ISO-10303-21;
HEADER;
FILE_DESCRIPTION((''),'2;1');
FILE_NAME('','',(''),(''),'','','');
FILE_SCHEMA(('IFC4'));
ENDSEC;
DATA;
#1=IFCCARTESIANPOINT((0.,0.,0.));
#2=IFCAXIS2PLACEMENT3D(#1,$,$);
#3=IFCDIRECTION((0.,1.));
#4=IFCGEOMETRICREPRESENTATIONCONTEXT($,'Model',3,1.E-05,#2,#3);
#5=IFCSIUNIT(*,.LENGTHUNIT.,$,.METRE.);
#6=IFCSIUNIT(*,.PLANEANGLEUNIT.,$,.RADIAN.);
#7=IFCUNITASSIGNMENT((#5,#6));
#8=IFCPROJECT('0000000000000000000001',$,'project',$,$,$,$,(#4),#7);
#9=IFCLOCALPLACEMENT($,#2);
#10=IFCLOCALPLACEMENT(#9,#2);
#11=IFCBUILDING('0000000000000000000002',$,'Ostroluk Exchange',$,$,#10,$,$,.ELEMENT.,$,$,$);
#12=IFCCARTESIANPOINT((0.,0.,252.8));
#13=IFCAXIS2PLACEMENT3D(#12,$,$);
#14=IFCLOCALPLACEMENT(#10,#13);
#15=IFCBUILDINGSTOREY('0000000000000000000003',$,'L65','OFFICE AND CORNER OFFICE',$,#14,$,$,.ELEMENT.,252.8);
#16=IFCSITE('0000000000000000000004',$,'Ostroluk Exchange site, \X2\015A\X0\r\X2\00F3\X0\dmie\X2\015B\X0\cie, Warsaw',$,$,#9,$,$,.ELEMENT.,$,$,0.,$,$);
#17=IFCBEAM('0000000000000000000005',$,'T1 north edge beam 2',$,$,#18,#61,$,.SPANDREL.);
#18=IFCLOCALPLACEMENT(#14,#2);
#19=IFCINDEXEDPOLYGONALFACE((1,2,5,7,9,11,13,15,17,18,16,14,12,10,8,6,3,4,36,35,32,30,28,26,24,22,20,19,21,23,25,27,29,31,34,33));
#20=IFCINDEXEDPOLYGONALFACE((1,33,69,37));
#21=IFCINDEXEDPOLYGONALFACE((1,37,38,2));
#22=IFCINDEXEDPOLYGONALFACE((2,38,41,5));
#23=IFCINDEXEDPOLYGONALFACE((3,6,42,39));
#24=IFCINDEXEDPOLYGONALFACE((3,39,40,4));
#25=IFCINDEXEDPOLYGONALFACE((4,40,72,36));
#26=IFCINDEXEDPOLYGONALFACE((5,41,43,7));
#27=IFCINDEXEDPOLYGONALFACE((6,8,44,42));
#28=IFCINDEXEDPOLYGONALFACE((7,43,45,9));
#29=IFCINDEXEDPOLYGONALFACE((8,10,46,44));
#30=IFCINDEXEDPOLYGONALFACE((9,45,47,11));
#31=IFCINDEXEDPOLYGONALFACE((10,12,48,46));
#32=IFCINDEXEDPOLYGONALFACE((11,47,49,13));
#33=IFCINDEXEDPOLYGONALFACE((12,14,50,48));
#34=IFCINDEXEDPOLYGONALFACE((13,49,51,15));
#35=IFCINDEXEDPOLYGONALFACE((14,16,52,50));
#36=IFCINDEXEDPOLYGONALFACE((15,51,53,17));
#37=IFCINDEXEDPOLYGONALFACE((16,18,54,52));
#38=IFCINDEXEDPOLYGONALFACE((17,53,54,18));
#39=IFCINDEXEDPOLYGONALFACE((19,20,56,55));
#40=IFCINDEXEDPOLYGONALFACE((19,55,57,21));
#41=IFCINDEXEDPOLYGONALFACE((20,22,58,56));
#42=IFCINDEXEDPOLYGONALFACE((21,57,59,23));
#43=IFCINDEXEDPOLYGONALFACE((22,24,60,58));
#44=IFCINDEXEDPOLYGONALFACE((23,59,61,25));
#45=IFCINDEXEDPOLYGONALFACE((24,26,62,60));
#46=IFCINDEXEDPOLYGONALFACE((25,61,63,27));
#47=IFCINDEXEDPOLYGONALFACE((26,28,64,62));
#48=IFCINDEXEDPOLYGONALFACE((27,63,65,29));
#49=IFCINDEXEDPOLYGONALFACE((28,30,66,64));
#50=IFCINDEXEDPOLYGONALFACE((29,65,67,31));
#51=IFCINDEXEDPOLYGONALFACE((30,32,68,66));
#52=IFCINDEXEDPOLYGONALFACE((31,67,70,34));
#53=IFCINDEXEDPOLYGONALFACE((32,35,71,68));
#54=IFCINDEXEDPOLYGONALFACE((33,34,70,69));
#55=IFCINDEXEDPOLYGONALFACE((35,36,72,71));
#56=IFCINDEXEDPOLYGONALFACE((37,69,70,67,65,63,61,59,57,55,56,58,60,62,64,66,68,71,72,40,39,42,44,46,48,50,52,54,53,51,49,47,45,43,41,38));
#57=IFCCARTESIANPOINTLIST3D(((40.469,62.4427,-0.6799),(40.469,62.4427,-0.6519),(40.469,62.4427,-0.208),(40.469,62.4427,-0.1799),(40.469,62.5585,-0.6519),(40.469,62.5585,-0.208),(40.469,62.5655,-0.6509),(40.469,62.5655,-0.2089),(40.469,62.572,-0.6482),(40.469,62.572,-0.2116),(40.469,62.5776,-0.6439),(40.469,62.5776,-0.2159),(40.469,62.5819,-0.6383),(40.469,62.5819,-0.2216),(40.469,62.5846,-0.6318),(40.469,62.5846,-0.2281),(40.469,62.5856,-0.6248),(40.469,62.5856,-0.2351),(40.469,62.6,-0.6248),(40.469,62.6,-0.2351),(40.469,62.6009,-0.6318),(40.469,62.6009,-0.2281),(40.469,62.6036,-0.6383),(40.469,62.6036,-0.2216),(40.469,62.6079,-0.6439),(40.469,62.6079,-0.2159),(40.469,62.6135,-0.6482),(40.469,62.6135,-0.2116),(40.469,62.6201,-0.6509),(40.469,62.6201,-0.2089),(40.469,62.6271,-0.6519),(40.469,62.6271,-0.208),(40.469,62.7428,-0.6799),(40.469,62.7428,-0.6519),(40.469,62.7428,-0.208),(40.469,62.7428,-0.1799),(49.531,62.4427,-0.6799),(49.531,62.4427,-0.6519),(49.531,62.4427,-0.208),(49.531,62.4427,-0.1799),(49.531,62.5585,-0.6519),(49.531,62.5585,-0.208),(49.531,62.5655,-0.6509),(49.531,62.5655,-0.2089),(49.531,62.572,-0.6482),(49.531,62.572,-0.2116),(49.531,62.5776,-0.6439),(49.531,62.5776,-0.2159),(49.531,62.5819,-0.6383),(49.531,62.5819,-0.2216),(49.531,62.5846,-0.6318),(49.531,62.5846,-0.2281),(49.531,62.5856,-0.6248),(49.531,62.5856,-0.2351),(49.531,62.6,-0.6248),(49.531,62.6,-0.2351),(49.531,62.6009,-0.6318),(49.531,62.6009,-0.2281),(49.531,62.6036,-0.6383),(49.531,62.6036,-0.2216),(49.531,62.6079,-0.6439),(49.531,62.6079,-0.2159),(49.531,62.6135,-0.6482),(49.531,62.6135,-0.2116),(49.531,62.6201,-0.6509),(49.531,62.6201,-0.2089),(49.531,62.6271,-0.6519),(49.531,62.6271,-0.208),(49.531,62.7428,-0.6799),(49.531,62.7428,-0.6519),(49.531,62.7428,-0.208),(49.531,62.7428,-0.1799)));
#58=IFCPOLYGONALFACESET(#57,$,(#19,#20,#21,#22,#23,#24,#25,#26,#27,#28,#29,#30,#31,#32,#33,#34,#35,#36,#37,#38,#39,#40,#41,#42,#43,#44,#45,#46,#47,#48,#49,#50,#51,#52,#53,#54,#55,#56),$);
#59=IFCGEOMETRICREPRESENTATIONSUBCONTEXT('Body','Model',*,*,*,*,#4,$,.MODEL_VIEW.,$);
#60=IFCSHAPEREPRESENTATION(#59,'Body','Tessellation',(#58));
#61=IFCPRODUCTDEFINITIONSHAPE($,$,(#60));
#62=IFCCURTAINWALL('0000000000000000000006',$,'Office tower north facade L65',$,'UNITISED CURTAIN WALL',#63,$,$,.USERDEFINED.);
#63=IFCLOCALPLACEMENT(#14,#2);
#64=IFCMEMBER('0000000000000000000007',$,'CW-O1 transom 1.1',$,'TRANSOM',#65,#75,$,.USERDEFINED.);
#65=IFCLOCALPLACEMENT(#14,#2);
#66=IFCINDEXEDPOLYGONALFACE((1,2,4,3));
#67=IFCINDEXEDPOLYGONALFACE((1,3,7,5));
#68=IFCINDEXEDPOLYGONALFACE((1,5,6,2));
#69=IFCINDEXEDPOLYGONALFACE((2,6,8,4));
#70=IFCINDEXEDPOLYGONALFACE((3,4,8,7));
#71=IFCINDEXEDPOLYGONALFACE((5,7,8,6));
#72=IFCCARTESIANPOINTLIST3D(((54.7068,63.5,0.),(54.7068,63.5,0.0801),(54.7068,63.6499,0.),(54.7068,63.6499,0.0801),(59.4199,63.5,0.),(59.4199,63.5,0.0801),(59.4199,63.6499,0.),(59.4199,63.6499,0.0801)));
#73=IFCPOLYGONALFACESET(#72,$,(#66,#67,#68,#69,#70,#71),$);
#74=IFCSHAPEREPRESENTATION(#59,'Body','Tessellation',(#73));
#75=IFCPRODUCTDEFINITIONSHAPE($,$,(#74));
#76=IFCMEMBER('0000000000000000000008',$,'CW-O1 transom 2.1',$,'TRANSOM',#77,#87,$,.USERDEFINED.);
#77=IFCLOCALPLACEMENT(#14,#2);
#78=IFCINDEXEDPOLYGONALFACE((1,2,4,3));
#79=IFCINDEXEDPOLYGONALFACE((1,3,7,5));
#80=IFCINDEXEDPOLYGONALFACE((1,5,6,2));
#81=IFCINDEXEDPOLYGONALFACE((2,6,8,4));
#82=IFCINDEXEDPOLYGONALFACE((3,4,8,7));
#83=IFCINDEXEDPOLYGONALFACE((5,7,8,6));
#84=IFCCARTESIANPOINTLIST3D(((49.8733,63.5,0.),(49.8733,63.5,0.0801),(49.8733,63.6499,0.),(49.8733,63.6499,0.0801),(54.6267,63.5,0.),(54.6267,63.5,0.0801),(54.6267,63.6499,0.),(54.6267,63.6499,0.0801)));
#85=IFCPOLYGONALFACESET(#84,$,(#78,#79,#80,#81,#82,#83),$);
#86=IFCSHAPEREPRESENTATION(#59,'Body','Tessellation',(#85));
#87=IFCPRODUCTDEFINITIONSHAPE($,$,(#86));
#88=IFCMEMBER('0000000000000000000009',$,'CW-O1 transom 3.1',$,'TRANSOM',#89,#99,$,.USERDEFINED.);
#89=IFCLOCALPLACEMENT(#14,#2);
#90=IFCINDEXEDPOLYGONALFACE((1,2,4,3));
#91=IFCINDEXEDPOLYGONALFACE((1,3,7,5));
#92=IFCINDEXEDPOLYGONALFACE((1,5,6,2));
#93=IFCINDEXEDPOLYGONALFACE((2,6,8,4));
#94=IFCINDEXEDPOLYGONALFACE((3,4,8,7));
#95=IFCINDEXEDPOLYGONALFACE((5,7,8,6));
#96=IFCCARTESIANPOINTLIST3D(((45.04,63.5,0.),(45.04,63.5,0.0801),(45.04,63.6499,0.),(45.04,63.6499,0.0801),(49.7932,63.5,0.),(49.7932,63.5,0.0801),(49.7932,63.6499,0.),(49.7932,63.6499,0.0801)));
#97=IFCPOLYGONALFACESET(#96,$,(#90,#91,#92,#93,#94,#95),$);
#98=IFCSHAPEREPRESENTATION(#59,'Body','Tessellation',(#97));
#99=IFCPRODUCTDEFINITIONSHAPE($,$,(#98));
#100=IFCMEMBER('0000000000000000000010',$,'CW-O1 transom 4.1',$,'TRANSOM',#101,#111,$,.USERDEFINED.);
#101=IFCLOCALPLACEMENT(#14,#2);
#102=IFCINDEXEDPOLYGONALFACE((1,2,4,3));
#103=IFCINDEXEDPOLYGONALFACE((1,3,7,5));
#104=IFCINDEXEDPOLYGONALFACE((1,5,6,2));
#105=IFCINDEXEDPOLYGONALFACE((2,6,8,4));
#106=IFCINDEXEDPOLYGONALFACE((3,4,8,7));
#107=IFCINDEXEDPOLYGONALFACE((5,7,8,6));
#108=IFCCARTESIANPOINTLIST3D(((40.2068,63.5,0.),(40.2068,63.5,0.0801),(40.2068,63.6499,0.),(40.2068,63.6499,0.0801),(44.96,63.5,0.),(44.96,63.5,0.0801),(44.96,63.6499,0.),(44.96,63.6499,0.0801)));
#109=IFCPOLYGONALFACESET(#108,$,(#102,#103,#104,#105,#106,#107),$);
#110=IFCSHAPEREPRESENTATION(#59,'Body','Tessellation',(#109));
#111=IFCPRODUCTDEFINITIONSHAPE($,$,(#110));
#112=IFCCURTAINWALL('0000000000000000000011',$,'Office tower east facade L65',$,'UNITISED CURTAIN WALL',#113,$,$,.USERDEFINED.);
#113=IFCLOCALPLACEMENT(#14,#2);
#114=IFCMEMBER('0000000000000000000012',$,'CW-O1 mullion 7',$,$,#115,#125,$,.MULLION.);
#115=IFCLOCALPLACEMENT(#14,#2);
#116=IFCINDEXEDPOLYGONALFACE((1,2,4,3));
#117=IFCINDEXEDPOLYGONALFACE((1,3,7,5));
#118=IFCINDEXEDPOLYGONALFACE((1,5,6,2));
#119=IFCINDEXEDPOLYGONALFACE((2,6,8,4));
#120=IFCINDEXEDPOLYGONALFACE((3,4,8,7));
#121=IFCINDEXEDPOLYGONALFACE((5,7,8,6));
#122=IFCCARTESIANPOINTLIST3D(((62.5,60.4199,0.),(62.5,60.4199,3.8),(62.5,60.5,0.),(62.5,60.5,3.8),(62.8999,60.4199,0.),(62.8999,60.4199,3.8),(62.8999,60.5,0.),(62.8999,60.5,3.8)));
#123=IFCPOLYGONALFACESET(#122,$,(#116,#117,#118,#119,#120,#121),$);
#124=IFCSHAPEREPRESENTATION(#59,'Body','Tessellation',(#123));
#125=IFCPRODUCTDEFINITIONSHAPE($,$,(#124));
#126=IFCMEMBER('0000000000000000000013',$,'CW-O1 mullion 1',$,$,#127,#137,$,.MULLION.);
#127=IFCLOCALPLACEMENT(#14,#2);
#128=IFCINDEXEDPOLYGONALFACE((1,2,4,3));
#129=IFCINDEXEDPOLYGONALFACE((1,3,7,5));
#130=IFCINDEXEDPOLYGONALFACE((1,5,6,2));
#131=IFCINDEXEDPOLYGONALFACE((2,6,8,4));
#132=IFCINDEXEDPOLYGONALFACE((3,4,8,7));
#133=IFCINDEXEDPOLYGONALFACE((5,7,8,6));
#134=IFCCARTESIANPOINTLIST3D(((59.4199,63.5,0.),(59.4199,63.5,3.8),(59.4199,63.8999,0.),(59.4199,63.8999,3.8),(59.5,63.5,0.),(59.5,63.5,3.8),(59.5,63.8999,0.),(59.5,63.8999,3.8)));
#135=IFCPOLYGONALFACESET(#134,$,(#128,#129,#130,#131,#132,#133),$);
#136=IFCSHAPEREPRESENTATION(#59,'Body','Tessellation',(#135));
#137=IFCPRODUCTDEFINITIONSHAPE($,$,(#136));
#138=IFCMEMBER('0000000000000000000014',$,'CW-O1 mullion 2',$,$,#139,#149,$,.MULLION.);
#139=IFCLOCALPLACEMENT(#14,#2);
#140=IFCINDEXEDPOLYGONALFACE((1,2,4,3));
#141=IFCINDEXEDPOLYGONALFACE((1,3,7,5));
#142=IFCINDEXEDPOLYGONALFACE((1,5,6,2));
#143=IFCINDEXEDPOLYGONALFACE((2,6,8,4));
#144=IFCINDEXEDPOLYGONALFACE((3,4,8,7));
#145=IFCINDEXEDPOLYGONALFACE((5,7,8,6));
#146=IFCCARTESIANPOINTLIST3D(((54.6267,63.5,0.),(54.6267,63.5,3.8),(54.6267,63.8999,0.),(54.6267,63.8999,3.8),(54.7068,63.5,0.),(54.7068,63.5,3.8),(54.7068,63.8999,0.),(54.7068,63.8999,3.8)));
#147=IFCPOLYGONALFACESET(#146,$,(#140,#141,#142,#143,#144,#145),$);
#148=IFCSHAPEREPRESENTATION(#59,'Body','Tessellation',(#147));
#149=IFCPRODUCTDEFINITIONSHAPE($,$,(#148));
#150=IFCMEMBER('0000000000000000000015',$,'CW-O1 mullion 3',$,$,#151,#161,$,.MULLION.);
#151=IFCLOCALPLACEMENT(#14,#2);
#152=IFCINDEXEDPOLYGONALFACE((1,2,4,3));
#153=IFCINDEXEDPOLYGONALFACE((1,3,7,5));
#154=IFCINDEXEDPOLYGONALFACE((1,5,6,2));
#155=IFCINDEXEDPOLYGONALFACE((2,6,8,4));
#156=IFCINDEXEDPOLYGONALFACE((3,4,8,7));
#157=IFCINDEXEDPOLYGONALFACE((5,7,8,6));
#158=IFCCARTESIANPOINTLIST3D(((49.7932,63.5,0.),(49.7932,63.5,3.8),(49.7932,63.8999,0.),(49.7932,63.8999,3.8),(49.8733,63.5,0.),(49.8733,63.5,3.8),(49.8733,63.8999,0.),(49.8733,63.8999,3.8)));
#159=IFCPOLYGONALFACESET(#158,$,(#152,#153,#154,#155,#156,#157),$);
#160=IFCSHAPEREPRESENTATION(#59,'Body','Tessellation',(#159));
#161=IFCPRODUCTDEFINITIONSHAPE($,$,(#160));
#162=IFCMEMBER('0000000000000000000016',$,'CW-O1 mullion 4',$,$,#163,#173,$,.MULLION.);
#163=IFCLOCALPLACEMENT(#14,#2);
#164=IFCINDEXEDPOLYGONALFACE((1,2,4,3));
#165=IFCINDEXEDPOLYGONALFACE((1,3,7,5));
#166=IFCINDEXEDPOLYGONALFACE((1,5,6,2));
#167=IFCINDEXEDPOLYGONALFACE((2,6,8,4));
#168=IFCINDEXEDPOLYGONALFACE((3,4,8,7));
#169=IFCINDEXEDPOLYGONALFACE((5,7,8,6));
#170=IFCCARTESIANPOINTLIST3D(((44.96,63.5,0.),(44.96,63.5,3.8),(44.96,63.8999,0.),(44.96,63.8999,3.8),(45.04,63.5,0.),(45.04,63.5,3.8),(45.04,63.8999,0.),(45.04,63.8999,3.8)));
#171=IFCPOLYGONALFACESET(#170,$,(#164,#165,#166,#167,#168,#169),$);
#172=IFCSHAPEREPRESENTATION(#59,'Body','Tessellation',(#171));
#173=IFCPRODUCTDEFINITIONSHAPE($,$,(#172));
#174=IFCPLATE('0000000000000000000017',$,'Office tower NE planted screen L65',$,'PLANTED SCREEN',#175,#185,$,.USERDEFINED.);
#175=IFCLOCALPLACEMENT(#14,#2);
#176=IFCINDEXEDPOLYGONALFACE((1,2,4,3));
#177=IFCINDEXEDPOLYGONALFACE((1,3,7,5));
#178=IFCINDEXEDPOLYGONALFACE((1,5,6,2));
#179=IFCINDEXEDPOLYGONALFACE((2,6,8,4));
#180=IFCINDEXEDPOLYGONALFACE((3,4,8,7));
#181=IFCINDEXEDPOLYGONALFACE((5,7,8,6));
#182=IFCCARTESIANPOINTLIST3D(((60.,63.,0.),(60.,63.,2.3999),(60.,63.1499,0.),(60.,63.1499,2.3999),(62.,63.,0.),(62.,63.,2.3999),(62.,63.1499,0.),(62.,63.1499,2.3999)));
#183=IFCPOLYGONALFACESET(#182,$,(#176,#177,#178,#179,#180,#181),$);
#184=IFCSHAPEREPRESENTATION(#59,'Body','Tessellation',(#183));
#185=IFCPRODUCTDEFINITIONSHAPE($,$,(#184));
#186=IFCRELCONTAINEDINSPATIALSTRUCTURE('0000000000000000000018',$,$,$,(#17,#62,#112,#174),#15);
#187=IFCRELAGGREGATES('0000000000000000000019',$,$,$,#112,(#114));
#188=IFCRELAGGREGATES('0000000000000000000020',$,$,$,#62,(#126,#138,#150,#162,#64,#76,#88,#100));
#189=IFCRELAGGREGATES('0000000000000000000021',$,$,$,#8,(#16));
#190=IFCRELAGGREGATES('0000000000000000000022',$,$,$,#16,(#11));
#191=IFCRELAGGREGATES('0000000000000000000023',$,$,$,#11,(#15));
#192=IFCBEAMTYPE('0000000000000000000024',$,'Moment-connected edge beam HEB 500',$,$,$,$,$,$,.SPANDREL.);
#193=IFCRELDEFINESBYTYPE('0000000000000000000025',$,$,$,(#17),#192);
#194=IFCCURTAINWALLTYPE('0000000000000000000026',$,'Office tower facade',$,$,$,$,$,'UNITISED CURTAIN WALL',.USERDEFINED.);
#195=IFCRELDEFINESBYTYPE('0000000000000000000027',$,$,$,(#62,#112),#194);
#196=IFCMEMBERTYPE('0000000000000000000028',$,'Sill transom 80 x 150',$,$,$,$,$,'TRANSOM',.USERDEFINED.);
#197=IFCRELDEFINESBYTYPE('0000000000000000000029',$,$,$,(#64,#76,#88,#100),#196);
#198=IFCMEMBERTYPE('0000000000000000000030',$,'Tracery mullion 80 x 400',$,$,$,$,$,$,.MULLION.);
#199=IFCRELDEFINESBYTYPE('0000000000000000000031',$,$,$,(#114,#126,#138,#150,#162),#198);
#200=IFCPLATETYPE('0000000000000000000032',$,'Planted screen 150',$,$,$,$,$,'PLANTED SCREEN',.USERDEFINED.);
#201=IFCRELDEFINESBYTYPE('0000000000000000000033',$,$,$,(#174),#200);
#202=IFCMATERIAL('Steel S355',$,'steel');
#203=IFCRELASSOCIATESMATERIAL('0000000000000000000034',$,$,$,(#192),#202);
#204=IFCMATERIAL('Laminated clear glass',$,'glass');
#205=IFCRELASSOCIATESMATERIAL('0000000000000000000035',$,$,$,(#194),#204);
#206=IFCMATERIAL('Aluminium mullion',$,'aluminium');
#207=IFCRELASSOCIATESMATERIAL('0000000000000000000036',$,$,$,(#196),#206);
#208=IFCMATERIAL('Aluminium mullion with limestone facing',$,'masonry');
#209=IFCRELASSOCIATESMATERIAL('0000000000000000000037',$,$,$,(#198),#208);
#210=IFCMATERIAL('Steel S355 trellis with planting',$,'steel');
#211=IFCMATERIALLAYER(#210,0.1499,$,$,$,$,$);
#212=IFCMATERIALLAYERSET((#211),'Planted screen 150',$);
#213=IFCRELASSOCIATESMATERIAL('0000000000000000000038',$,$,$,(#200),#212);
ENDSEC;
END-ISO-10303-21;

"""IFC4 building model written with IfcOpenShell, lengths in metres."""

from ifc_helpers import new_model, si_unit, direction, frame, origin, origin_2d, place, context, subcontext, project, spatial, rectangle, i_section, extrude, material, layer, layer_set, material_profile, profile_set, type_object, element, aggregate, save


model = new_model("IFC4")

# Units and contexts
model_context = context("Model", 3, precision=1e-05, world=origin(), true_north=direction((0.0, 1.0)))
body_context = subcontext(model_context, "Body", "Model", "MODEL_VIEW")
ifc_project = project(units=[si_unit("LENGTHUNIT", "METRE"), si_unit("PLANEANGLEUNIT", "RADIAN")], contexts=[model_context])

# Site, building, storey
site_placement = place(None, origin())
site = spatial("IfcSite", under=ifc_project, at=site_placement, Name="Ostroluk Exchange site, Śródmieście, Warsaw", CompositionType="ELEMENT", RefElevation=0.0)
building_placement = place(site_placement, origin())
building = spatial("IfcBuilding", under=site, at=building_placement, Name="Ostroluk Exchange", CompositionType="ELEMENT")
storey_placement = place(building_placement, frame((0.0, 0.0, 252.8)))
storey = spatial("IfcBuildingStorey", under=building, at=storey_placement, Name="L65", Description="OFFICE AND CORNER OFFICE", CompositionType="ELEMENT", Elevation=252.8)

# Beam
ifc_material_1 = material(Name="Steel S355", Category="steel")
ifc_material_profile_1 = material_profile(ifc_material_1, i_section(OverallWidth=0.3, OverallDepth=0.5, WebThickness=0.0144, FlangeThickness=0.0281, FilletRadius=0.0271, at=origin_2d()), Name="HEB 500")
ifc_profile_set_1 = profile_set([ifc_material_profile_1], Name="Steel S355")
beam_type_1 = type_object("IfcBeamType", Name="Moment-connected edge beam HEB 500", PredefinedType="SPANDREL", material=ifc_profile_set_1)
beam_1_placement = place(storey_placement, frame((49.531, 62.5928, -0.4299), z_axis=(-1.0, 0.0, 0.0), x_axis=(0.0, -1.0, 0.0)))
element("IfcBeam", 1, at=beam_1_placement, inside=storey, type_object=beam_type_1, Name="T1 north edge beam 2", PredefinedType="SPANDREL", context=body_context, shape_type="SweptSolid", body=[
    extrude(i_section(OverallWidth=0.3, OverallDepth=0.5, WebThickness=0.0144, FlangeThickness=0.0281, FilletRadius=0.0271, at=origin_2d()), origin(), (0.0, 0.0, 1.0), 9.062),
])

# Curtain wall, members
ifc_material_2 = material(Name="Laminated clear glass", Category="glass")
curtain_wall_type = type_object("IfcCurtainWallType", Name="Office tower facade", ElementType="UNITISED CURTAIN WALL", PredefinedType="USERDEFINED", material=ifc_material_2)
curtain_wall_1_placement = place(storey_placement, origin())
curtain_wall_1 = element("IfcCurtainWall", 2, at=curtain_wall_1_placement, inside=storey, type_object=curtain_wall_type, Name="Office tower north facade L65", ObjectType="UNITISED CURTAIN WALL", PredefinedType="USERDEFINED")
ifc_material_3 = material(Name="Aluminium mullion", Category="aluminium")
ifc_material_profile_2 = material_profile(ifc_material_3, rectangle(XDim=0.1499, YDim=0.0801, at=origin_2d()), Name="Sill transom 80 x 150")
ifc_profile_set_2 = profile_set([ifc_material_profile_2], Name="Aluminium mullion")
member_type_1 = type_object("IfcMemberType", Name="Sill transom 80 x 150", ElementType="TRANSOM", PredefinedType="USERDEFINED", material=ifc_profile_set_2)
member_1_placement = place(storey_placement, frame((59.4199, 63.575, 0.04), z_axis=(-1.0, 0.0, 0.0), x_axis=(0.0, -1.0, 0.0)))
member_1 = element("IfcMember", 3, at=member_1_placement, type_object=member_type_1, Name="CW-O1 transom 1.1", ObjectType="TRANSOM", PredefinedType="USERDEFINED", context=body_context, shape_type="SweptSolid", body=[
    extrude(rectangle(XDim=0.1499, YDim=0.0801, at=origin_2d()), origin(), (0.0, 0.0, 1.0), 4.7131),
])
member_2_placement = place(storey_placement, frame((54.6267, 63.575, 0.04), z_axis=(-1.0, 0.0, 0.0), x_axis=(0.0, -1.0, 0.0)))
member_2 = element("IfcMember", 4, at=member_2_placement, type_object=member_type_1, Name="CW-O1 transom 2.1", ObjectType="TRANSOM", PredefinedType="USERDEFINED", context=body_context, shape_type="SweptSolid", body=[
    extrude(rectangle(XDim=0.1499, YDim=0.0801, at=origin_2d()), origin(), (0.0, 0.0, 1.0), 4.7534),
])
member_3_placement = place(storey_placement, frame((49.7932, 63.575, 0.04), z_axis=(-1.0, 0.0, 0.0), x_axis=(0.0, -1.0, 0.0)))
member_3 = element("IfcMember", 5, at=member_3_placement, type_object=member_type_1, Name="CW-O1 transom 3.1", ObjectType="TRANSOM", PredefinedType="USERDEFINED", context=body_context, shape_type="SweptSolid", body=[
    extrude(rectangle(XDim=0.1499, YDim=0.0801, at=origin_2d()), origin(), (0.0, 0.0, 1.0), 4.7532),
])
member_4_placement = place(storey_placement, frame((44.96, 63.575, 0.04), z_axis=(-1.0, 0.0, 0.0), x_axis=(0.0, -1.0, 0.0)))
member_4 = element("IfcMember", 6, at=member_4_placement, type_object=member_type_1, Name="CW-O1 transom 4.1", ObjectType="TRANSOM", PredefinedType="USERDEFINED", context=body_context, shape_type="SweptSolid", body=[
    extrude(rectangle(XDim=0.1499, YDim=0.0801, at=origin_2d()), origin(), (0.0, 0.0, 1.0), 4.7532),
])

# Curtain wall, member
curtain_wall_2_placement = place(storey_placement, origin())
curtain_wall_2 = element("IfcCurtainWall", 7, at=curtain_wall_2_placement, inside=storey, type_object=curtain_wall_type, Name="Office tower east facade L65", ObjectType="UNITISED CURTAIN WALL", PredefinedType="USERDEFINED")
ifc_material_4 = material(Name="Aluminium mullion with limestone facing", Category="masonry")
ifc_material_profile_3 = material_profile(ifc_material_4, rectangle(XDim=0.3999, YDim=0.0801, at=origin_2d()), Name="Tracery mullion 80 x 400")
ifc_profile_set_3 = profile_set([ifc_material_profile_3], Name="Aluminium mullion with limestone facing")
member_type_2 = type_object("IfcMemberType", Name="Tracery mullion 80 x 400", PredefinedType="MULLION", material=ifc_profile_set_3)
member_5_placement = place(storey_placement, frame((62.7, 60.46, 0.0), z_axis=(0.0, 0.0, 1.0), x_axis=(-1.0, 0.0, 0.0)))
member_5 = element("IfcMember", 8, at=member_5_placement, type_object=member_type_2, Name="CW-O1 mullion 7", PredefinedType="MULLION", context=body_context, shape_type="SweptSolid", body=[
    extrude(rectangle(XDim=0.3999, YDim=0.0801, at=origin_2d()), origin(), (0.0, 0.0, 1.0), 3.8),
])

# Members
member_6_placement = place(storey_placement, frame((59.46, 63.7, 0.0), z_axis=(0.0, 0.0, 1.0), x_axis=(0.0, -1.0, 0.0)))
member_6 = element("IfcMember", 9, at=member_6_placement, type_object=member_type_2, Name="CW-O1 mullion 1", PredefinedType="MULLION", context=body_context, shape_type="SweptSolid", body=[
    extrude(rectangle(XDim=0.3999, YDim=0.0801, at=origin_2d()), origin(), (0.0, 0.0, 1.0), 3.8),
])
member_7_placement = place(storey_placement, frame((54.6667, 63.7, 0.0), z_axis=(0.0, 0.0, 1.0), x_axis=(0.0, -1.0, 0.0)))
member_7 = element("IfcMember", 10, at=member_7_placement, type_object=member_type_2, Name="CW-O1 mullion 2", PredefinedType="MULLION", context=body_context, shape_type="SweptSolid", body=[
    extrude(rectangle(XDim=0.3999, YDim=0.0801, at=origin_2d()), origin(), (0.0, 0.0, 1.0), 3.8),
])
member_8_placement = place(storey_placement, frame((49.8333, 63.7, 0.0), z_axis=(0.0, 0.0, 1.0), x_axis=(0.0, -1.0, 0.0)))
member_8 = element("IfcMember", 11, at=member_8_placement, type_object=member_type_2, Name="CW-O1 mullion 3", PredefinedType="MULLION", context=body_context, shape_type="SweptSolid", body=[
    extrude(rectangle(XDim=0.3999, YDim=0.0801, at=origin_2d()), origin(), (0.0, 0.0, 1.0), 3.8),
])
member_9_placement = place(storey_placement, frame((45.0, 63.7, 0.0), z_axis=(0.0, 0.0, 1.0), x_axis=(0.0, -1.0, 0.0)))
member_9 = element("IfcMember", 12, at=member_9_placement, type_object=member_type_2, Name="CW-O1 mullion 4", PredefinedType="MULLION", context=body_context, shape_type="SweptSolid", body=[
    extrude(rectangle(XDim=0.3999, YDim=0.0801, at=origin_2d()), origin(), (0.0, 0.0, 1.0), 3.8),
])

# Plate
ifc_material_5 = material(Name="Steel S355 trellis with planting", Category="steel")
ifc_layer_1 = layer(ifc_material_5, 0.1499)
ifc_layer_set_1 = layer_set([ifc_layer_1], Name="Planted screen 150")
plate_type_1 = type_object("IfcPlateType", Name="Planted screen 150", ElementType="PLANTED SCREEN", PredefinedType="USERDEFINED", material=ifc_layer_set_1)
plate_1_placement = place(storey_placement, frame((61.0, 63.075, 0.0), z_axis=(0.0, 0.0, 1.0), x_axis=(1.0, 0.0, 0.0)))
element("IfcPlate", 13, at=plate_1_placement, inside=storey, type_object=plate_type_1, Name="Office tower NE planted screen L65", ObjectType="PLANTED SCREEN", PredefinedType="USERDEFINED", context=body_context, shape_type="SweptSolid", body=[
    extrude(rectangle(XDim=2.0, YDim=0.1499, at=origin_2d()), origin(), (0.0, 0.0, 1.0), 2.3999),
])
aggregate(curtain_wall_2, [member_5])
aggregate(curtain_wall_1, [member_6, member_7, member_8, member_9, member_1, member_2, member_3, member_4])

save(model, "model.ifc")
